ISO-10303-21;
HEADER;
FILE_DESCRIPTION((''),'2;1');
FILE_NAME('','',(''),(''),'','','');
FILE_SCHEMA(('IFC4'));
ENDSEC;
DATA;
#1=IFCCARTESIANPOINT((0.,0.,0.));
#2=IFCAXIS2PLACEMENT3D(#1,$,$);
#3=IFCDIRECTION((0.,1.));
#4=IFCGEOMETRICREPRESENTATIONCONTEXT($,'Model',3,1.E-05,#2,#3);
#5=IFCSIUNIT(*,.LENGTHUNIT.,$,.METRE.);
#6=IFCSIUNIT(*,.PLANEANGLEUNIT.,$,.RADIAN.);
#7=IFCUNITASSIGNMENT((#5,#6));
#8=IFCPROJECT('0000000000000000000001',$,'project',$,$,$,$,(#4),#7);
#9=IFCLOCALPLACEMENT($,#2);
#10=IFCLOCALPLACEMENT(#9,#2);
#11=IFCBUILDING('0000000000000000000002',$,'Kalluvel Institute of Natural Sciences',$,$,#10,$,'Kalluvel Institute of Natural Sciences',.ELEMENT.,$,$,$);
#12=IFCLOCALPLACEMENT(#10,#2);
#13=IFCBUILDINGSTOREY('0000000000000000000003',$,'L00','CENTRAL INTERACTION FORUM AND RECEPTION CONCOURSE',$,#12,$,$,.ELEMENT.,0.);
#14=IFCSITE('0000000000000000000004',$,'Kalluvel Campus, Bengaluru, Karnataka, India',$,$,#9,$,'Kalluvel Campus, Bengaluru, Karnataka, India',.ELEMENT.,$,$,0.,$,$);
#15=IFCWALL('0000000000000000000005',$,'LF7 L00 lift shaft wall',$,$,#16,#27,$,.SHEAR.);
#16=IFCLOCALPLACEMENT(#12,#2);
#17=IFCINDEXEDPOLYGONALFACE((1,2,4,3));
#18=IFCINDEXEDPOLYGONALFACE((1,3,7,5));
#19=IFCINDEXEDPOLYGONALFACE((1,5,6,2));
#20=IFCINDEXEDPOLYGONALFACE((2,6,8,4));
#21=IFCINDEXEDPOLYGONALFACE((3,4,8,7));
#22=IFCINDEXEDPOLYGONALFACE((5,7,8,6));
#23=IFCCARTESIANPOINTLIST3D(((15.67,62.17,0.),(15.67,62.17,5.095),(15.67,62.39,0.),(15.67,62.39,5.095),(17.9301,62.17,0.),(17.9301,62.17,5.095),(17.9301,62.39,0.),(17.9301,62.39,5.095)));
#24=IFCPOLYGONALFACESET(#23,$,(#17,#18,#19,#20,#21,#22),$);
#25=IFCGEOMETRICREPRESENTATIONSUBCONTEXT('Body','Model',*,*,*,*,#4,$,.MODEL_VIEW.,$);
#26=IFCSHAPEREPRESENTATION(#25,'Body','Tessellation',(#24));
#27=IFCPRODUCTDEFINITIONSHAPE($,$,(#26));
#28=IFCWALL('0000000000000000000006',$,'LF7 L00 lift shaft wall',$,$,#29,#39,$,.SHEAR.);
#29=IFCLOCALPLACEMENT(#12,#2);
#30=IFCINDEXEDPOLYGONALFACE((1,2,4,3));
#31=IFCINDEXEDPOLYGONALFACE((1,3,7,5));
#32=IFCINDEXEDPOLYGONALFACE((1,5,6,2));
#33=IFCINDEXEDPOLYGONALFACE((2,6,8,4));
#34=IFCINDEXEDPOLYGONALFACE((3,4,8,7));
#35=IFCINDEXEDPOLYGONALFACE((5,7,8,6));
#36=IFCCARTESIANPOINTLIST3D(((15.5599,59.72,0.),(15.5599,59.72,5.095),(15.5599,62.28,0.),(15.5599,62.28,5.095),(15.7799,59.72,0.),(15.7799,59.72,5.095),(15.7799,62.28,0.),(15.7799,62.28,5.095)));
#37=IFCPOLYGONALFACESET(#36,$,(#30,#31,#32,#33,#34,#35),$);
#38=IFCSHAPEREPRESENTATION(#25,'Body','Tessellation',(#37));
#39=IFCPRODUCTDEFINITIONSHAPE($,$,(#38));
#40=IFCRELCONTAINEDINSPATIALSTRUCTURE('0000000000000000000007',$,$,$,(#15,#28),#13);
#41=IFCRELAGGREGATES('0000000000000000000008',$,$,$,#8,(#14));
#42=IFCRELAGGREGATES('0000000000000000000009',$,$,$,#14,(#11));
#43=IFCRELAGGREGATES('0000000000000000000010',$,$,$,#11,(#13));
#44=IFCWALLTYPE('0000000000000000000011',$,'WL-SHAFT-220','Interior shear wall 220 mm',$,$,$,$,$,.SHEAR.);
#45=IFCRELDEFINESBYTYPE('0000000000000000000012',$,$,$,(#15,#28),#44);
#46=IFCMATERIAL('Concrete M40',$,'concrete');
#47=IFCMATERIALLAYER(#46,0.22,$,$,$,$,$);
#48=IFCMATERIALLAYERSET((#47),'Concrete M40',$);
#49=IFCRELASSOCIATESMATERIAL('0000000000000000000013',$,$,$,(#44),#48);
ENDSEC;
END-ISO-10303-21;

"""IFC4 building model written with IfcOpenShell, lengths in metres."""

from ifc_helpers import new_model, si_unit, direction, frame, frame_2d, origin, place, context, subcontext, project, spatial, rectangle, extrude, material, layer, layer_set, type_object, element, save


model = new_model("IFC4")

# Units and contexts
model_context = context("Model", 3, precision=1e-05, world=origin(), true_north=direction((0.0, 1.0)))
body_context = subcontext(model_context, "Body", "Model", "MODEL_VIEW")
ifc_project = project(units=[si_unit("LENGTHUNIT", "METRE"), si_unit("PLANEANGLEUNIT", "RADIAN")], contexts=[model_context])

# Site, building, storey
site_placement = place(None, origin())
site = spatial("IfcSite", under=ifc_project, at=site_placement, Name="Kalluvel Campus, Bengaluru, Karnataka, India", LongName="Kalluvel Campus, Bengaluru, Karnataka, India", CompositionType="ELEMENT", RefElevation=0.0)
building_placement = place(site_placement, origin())
building = spatial("IfcBuilding", under=site, at=building_placement, Name="Kalluvel Institute of Natural Sciences", LongName="Kalluvel Institute of Natural Sciences", CompositionType="ELEMENT")
storey_placement = place(building_placement, origin())
storey = spatial("IfcBuildingStorey", under=building, at=storey_placement, Name="L00", Description="CENTRAL INTERACTION FORUM AND RECEPTION CONCOURSE", CompositionType="ELEMENT", Elevation=0.0)

# Shared definitions
ifc_material_1 = material(Name="Concrete M40", Category="concrete")

# Shared definitions
ifc_layer_1 = layer(ifc_material_1, 0.22)
ifc_layer_set_1 = layer_set([ifc_layer_1], Name="Concrete M40")
wall_type_1 = type_object("IfcWallType", Name="WL-SHAFT-220", Description="Interior shear wall 220 mm", PredefinedType="SHEAR", material=ifc_layer_set_1)

# Walls
wall_1_placement = place(storey_placement, frame((17.9299, 62.28, 0.0), z_axis=(0.0, 0.0, 1.0), x_axis=(-1.0, 0.0, 0.0)))
element("IfcWall", 1, at=wall_1_placement, inside=storey, type_object=wall_type_1, Name="LF7 L00 lift shaft wall", PredefinedType="SHEAR", context=body_context, shape_type="SweptSolid", body=[
    extrude(rectangle(XDim=2.26, YDim=0.22, at=frame_2d((1.1299, 0.0))), origin(), (0.0, 0.0, 1.0), 5.095),
])
wall_2_placement = place(storey_placement, frame((15.6699, 62.28, 0.0), z_axis=(0.0, 0.0, 1.0), x_axis=(0.0, -1.0, 0.0)))
element("IfcWall", 2, at=wall_2_placement, inside=storey, type_object=wall_type_1, Name="LF7 L00 lift shaft wall", PredefinedType="SHEAR", context=body_context, shape_type="SweptSolid", body=[
    extrude(rectangle(XDim=2.5601, YDim=0.22, at=frame_2d((1.28, 0.0))), origin(), (0.0, 0.0, 1.0), 5.095),
])

save(model, "model.ifc")
